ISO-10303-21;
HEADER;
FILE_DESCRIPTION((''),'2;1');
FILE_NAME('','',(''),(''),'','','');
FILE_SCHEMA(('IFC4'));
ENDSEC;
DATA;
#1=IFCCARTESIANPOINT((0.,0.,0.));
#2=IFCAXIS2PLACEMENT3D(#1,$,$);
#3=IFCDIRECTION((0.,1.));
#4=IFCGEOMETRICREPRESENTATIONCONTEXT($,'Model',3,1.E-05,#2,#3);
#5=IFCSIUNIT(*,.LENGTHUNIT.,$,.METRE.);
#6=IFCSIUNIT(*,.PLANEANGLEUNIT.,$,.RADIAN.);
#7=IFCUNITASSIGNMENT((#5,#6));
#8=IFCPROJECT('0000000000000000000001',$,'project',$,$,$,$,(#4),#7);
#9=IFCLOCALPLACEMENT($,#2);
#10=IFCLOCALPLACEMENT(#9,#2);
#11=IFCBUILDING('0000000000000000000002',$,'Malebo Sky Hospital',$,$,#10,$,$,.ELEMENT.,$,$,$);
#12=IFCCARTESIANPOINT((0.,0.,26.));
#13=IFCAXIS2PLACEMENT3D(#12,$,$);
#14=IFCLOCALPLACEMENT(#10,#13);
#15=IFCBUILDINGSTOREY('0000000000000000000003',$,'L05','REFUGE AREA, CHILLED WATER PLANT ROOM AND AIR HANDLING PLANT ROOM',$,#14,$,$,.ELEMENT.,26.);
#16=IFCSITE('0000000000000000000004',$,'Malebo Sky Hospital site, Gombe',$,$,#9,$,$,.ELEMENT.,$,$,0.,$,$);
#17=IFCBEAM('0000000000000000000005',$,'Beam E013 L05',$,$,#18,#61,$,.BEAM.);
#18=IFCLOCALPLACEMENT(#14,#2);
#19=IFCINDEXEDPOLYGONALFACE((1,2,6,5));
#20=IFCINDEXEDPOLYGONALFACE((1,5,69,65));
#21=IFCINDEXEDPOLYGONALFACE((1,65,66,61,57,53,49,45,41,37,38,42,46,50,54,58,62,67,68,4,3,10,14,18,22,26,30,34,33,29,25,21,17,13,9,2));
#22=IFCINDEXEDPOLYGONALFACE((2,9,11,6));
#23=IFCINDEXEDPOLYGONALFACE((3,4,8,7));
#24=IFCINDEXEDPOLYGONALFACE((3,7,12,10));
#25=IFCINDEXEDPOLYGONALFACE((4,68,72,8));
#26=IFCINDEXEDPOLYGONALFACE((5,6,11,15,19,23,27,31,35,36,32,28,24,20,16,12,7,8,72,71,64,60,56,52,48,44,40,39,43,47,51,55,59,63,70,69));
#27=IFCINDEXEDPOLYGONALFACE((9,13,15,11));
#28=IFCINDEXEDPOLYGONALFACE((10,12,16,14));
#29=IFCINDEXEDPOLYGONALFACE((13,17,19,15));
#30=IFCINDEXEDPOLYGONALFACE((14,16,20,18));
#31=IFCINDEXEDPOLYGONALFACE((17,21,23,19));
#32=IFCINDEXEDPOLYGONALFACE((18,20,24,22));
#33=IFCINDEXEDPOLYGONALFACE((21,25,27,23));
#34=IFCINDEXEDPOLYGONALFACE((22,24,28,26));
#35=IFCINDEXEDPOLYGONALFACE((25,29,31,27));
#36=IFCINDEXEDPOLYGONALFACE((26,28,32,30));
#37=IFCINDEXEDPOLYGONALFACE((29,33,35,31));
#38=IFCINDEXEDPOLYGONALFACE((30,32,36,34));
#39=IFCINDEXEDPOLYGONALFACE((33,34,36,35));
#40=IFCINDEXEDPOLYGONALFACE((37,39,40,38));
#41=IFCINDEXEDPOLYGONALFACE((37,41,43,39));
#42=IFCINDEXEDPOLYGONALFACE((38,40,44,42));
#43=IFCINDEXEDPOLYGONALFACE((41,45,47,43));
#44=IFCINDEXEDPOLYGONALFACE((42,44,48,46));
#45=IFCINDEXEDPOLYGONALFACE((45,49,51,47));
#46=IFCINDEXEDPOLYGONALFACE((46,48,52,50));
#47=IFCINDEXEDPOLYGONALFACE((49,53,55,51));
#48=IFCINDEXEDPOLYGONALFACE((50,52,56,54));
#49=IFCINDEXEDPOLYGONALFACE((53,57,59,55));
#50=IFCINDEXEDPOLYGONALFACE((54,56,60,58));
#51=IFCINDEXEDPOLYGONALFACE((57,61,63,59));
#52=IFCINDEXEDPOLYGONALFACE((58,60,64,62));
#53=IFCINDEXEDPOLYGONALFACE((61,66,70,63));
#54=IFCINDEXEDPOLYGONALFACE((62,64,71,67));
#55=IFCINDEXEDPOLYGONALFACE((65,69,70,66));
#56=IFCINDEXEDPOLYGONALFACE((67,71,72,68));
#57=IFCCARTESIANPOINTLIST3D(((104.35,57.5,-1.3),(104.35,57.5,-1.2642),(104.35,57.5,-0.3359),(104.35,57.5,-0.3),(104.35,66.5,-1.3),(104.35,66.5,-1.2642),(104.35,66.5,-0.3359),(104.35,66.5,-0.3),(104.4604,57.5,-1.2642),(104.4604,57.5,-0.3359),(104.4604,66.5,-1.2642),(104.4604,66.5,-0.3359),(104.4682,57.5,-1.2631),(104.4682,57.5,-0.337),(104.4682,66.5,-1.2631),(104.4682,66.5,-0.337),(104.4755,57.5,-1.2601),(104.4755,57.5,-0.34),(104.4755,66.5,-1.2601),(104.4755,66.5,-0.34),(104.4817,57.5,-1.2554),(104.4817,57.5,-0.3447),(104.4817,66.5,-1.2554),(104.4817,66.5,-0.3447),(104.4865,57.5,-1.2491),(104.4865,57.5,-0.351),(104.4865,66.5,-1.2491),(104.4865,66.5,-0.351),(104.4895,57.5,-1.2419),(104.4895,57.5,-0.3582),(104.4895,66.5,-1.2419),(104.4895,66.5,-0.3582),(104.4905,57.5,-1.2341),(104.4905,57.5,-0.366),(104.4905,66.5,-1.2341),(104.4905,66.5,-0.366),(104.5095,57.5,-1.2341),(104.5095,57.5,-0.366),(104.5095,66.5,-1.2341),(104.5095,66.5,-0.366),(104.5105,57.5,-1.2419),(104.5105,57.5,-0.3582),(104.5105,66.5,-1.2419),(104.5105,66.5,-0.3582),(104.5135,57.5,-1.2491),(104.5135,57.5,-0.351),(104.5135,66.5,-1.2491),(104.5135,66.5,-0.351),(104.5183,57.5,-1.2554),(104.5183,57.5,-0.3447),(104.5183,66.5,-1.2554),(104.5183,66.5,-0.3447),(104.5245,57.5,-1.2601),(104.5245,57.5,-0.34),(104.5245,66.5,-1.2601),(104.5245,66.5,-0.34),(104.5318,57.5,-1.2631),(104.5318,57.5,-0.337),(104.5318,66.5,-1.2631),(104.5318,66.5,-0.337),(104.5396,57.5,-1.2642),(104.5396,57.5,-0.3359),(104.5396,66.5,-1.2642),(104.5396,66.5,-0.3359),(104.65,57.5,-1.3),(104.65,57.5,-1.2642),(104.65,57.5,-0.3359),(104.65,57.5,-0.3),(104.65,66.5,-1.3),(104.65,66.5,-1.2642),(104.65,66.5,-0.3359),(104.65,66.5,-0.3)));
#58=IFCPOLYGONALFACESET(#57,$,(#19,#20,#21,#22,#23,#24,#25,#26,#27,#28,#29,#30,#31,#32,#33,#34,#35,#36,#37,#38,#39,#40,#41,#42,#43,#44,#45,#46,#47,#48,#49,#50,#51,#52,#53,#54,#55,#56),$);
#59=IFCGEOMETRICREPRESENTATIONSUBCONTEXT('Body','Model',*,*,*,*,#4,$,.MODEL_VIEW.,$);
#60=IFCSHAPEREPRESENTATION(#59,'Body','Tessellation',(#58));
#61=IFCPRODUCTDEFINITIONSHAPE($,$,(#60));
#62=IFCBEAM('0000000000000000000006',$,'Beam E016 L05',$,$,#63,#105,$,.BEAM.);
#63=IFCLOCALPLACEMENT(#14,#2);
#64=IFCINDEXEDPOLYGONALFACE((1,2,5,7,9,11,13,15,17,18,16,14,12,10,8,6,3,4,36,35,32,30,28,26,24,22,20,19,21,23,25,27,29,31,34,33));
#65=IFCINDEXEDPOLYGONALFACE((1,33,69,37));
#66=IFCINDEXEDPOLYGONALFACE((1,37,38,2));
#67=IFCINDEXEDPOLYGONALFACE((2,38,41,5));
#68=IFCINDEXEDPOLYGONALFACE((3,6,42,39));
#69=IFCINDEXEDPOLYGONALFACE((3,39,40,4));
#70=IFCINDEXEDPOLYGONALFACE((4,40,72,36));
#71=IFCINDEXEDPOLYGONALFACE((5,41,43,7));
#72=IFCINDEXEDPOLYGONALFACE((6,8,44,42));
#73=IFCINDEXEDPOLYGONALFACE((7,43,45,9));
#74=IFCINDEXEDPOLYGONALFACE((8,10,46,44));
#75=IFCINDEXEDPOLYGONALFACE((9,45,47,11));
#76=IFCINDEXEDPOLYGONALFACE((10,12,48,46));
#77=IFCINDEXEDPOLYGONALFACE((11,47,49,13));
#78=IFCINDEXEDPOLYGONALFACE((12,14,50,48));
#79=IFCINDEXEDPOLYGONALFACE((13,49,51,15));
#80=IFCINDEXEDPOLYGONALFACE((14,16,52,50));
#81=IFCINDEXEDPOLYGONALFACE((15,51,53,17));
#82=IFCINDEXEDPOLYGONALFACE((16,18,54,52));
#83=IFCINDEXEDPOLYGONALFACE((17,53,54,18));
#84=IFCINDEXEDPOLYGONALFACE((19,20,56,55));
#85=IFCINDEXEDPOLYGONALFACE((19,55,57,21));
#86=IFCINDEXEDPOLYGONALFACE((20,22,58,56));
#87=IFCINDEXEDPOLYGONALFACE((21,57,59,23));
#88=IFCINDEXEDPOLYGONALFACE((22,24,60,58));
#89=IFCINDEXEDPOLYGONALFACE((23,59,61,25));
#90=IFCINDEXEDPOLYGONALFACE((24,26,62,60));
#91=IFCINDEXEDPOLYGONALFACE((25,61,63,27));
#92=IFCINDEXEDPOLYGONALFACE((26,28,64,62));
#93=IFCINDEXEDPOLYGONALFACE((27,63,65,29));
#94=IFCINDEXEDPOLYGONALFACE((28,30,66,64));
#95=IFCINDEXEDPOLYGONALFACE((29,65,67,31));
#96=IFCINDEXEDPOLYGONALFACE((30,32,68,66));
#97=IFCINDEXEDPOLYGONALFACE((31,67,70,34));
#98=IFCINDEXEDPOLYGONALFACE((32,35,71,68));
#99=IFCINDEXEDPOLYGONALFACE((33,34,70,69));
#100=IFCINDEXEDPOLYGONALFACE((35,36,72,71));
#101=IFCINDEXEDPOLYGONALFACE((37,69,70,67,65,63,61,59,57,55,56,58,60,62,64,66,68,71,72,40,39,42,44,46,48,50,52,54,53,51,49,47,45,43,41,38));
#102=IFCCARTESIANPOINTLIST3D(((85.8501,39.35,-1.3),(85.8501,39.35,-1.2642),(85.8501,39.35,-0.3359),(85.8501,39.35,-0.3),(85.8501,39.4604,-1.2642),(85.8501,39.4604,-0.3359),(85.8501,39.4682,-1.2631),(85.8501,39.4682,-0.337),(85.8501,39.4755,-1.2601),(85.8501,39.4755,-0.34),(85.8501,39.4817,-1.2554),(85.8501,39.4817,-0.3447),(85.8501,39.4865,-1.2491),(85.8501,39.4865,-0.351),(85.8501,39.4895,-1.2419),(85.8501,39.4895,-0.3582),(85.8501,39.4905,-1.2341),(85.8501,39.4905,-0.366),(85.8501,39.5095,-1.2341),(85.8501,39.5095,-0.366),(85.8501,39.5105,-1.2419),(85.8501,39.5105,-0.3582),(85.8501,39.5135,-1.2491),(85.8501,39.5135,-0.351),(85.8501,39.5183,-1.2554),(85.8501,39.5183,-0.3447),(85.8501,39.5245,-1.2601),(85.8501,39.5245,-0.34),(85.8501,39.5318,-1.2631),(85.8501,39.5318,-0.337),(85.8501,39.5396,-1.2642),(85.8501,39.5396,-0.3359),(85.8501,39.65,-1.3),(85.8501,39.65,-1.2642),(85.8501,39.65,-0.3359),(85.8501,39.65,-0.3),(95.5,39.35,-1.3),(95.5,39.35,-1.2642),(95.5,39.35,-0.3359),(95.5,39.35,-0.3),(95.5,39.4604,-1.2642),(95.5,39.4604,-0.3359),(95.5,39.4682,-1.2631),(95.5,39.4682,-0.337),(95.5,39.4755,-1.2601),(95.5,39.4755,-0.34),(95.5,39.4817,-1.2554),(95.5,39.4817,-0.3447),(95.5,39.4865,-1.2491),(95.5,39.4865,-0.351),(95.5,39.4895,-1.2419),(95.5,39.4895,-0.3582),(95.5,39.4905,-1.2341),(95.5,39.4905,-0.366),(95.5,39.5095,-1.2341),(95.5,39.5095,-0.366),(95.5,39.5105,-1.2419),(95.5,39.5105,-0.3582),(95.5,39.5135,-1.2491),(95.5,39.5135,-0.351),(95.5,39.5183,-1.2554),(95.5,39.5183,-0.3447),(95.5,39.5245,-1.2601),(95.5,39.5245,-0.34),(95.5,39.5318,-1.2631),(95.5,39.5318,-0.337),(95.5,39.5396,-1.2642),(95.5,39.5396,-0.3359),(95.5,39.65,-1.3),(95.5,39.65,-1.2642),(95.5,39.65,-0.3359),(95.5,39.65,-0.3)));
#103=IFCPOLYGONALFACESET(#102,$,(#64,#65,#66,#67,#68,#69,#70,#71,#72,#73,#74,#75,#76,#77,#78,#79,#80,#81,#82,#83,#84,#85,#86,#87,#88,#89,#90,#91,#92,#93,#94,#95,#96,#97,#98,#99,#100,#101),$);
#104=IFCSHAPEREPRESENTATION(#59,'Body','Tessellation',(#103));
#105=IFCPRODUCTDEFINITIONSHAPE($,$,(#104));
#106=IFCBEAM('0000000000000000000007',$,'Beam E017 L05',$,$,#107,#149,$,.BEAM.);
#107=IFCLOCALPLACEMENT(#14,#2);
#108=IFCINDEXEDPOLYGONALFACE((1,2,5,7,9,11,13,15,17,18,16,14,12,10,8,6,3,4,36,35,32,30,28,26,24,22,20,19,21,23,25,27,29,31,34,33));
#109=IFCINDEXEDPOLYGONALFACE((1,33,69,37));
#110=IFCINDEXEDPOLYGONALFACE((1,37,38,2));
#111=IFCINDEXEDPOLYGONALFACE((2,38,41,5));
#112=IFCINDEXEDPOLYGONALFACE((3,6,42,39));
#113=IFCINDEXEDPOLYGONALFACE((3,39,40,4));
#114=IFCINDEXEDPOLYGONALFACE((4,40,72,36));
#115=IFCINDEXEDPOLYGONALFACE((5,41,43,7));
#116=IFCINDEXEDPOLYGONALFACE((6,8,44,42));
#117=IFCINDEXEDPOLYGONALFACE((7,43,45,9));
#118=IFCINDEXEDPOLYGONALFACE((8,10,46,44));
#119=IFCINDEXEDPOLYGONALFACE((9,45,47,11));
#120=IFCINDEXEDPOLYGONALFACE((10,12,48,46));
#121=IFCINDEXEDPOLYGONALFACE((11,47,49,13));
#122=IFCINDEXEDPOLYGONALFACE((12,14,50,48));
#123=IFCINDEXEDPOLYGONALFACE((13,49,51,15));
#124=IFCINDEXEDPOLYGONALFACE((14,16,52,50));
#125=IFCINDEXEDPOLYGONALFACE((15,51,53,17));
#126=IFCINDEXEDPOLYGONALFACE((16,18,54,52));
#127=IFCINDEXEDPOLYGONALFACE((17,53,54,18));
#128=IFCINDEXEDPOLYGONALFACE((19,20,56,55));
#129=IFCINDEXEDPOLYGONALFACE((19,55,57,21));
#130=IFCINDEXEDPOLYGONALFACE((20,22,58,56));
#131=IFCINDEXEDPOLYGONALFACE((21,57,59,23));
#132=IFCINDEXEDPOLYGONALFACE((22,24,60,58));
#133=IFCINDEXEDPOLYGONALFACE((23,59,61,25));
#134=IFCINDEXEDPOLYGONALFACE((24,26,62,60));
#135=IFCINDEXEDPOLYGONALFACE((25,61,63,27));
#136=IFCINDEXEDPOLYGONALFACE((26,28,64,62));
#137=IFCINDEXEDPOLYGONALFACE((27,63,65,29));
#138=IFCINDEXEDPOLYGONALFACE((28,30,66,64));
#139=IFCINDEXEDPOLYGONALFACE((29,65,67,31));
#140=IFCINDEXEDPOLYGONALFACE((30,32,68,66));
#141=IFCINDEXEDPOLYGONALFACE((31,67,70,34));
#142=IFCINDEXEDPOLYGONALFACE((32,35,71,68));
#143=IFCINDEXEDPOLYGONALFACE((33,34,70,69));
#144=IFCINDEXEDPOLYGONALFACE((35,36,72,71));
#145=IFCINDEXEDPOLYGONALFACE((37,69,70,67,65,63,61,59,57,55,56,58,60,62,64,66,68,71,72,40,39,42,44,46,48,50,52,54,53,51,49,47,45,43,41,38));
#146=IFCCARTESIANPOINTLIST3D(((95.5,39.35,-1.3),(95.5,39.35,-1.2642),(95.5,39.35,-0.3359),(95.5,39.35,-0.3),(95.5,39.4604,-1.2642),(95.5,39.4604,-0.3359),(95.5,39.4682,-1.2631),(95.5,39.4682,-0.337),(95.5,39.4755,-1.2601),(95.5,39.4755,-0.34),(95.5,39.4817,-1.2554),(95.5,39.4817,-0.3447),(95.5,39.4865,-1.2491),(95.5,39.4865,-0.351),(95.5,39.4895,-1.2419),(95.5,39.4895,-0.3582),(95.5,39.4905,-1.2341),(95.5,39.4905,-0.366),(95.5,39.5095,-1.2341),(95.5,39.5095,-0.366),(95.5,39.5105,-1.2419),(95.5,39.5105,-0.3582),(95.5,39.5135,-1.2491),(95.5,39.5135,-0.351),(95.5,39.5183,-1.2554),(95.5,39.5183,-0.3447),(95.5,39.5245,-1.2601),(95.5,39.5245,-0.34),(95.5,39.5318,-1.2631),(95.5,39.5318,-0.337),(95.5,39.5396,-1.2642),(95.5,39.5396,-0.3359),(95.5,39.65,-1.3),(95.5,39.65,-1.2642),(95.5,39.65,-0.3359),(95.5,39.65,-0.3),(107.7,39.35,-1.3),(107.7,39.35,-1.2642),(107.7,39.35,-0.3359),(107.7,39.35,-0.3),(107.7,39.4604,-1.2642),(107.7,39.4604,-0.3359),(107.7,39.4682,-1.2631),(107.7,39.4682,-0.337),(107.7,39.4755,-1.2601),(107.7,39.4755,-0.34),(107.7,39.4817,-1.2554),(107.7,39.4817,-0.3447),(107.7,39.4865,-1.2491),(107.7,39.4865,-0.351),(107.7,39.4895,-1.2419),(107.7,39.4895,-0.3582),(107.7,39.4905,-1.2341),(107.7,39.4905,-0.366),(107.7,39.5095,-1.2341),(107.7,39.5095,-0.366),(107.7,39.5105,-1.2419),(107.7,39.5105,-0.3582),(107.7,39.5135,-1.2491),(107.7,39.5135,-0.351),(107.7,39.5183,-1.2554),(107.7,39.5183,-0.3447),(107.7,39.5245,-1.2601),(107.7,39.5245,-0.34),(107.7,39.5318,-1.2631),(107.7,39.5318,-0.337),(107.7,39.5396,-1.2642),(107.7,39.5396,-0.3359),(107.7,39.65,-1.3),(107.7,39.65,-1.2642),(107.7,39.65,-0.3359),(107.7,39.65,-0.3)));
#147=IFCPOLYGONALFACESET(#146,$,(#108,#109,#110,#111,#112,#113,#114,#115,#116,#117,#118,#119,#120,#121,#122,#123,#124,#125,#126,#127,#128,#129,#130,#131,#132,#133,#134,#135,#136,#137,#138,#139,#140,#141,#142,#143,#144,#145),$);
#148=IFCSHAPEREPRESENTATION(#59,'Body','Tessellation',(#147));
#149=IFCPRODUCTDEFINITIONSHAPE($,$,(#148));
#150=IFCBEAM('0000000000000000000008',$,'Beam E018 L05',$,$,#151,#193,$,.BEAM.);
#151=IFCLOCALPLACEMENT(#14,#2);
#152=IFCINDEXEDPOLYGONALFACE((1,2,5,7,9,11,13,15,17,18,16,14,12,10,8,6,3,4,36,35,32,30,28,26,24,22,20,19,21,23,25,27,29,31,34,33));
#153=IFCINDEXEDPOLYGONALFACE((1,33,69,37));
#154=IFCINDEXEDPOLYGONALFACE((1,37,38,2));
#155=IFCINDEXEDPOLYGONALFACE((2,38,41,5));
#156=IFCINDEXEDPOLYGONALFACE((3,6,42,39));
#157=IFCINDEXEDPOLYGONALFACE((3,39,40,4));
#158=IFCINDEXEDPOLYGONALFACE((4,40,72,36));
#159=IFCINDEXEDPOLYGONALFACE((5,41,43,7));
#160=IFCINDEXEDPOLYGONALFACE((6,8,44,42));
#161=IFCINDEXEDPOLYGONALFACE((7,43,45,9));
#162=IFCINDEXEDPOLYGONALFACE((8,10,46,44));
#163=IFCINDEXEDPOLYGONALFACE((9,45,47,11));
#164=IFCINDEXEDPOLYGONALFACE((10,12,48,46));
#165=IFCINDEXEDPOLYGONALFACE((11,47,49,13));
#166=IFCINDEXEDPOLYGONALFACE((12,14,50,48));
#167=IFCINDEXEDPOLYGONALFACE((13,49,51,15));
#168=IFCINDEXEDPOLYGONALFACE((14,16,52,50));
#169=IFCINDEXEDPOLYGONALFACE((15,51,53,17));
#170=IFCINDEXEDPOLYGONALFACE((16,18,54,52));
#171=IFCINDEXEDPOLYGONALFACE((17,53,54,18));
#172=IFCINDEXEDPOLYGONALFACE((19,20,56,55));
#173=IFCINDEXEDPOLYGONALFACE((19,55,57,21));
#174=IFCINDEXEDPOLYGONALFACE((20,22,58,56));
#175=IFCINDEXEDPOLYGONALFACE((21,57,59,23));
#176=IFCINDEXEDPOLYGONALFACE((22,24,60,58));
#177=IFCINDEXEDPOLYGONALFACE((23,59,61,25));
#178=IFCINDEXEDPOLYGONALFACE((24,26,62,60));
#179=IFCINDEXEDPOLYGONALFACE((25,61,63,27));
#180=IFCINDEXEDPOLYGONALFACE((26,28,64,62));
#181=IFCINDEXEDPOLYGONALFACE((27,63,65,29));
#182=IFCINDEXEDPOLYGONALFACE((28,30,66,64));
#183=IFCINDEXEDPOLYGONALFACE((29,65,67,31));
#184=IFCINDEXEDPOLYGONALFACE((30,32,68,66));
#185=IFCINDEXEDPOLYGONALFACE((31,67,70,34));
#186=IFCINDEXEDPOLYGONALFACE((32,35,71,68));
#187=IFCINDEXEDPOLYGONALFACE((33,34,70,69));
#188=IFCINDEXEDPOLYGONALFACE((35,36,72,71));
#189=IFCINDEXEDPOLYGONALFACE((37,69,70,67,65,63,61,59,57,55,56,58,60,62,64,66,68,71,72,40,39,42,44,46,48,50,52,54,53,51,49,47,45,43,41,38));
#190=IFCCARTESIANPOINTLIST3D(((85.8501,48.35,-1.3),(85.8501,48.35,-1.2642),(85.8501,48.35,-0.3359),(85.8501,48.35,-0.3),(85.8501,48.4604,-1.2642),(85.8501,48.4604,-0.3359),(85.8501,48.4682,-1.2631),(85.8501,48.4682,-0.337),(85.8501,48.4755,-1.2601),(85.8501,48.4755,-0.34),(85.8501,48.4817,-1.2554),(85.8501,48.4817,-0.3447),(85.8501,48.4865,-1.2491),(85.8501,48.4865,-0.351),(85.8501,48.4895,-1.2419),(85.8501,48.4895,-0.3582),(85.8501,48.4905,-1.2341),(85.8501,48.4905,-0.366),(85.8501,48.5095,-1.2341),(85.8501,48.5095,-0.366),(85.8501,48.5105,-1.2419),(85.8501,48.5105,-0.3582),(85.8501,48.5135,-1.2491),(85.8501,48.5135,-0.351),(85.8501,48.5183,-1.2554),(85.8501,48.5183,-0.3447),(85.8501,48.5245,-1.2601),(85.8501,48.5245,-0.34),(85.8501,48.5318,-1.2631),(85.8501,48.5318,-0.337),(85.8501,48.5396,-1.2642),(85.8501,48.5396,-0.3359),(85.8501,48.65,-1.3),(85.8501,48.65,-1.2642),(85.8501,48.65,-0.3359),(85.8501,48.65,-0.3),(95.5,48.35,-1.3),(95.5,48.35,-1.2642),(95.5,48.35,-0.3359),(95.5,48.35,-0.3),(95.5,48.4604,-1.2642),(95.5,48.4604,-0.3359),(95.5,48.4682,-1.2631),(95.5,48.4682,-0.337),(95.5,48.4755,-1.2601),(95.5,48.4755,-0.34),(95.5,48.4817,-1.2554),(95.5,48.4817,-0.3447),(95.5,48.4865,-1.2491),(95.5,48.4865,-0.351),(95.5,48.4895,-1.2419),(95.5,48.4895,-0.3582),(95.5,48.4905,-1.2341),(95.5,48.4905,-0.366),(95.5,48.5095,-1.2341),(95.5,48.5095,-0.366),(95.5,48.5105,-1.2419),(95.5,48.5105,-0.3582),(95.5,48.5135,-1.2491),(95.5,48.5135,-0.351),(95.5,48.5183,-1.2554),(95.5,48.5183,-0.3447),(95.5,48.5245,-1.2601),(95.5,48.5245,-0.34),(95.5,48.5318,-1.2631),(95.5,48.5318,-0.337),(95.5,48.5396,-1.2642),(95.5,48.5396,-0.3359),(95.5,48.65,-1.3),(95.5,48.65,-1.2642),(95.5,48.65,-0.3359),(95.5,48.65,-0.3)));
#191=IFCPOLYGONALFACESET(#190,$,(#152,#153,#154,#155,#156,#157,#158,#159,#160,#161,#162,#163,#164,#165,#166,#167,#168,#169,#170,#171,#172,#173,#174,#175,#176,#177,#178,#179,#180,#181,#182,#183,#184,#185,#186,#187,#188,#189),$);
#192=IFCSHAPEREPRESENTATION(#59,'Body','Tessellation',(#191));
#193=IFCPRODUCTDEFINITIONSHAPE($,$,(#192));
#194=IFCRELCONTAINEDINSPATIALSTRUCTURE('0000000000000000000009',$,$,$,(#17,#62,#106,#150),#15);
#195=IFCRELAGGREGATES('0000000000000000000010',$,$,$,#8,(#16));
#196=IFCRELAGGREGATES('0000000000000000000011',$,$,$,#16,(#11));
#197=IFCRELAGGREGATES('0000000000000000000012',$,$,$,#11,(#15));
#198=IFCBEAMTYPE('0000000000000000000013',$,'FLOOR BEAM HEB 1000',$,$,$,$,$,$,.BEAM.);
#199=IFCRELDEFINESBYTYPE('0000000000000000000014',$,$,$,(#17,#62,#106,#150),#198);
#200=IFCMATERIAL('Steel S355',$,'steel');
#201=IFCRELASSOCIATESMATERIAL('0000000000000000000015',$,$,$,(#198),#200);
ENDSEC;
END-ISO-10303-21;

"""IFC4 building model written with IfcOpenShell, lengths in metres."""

from ifc_helpers import new_model, si_unit, direction, frame, origin, origin_2d, place, context, subcontext, project, spatial, i_section, extrude, material, material_profile, profile_set, type_object, element, save


model = new_model("IFC4")

# Units and contexts
model_context = context("Model", 3, precision=1e-05, world=origin(), true_north=direction((0.0, 1.0)))
body_context = subcontext(model_context, "Body", "Model", "MODEL_VIEW")
ifc_project = project(units=[si_unit("LENGTHUNIT", "METRE"), si_unit("PLANEANGLEUNIT", "RADIAN")], contexts=[model_context])

# Site, building, storey
site_placement = place(None, origin())
site = spatial("IfcSite", under=ifc_project, at=site_placement, Name="Malebo Sky Hospital site, Gombe", CompositionType="ELEMENT", RefElevation=0.0)
building_placement = place(site_placement, origin())
building = spatial("IfcBuilding", under=site, at=building_placement, Name="Malebo Sky Hospital", CompositionType="ELEMENT")
storey_placement = place(building_placement, frame((0.0, 0.0, 26.0)))
storey = spatial("IfcBuildingStorey", under=building, at=storey_placement, Name="L05", Description="REFUGE AREA, CHILLED WATER PLANT ROOM AND AIR HANDLING PLANT ROOM", CompositionType="ELEMENT", Elevation=26.0)

# Beams
ifc_material_1 = material(Name="Steel S355", Category="steel")
ifc_material_profile_1 = material_profile(ifc_material_1, i_section(OverallWidth=0.3, OverallDepth=1.0, WebThickness=0.019, FlangeThickness=0.0359, FilletRadius=0.03, at=origin_2d()), Name="HEB 1000")
ifc_profile_set_1 = profile_set([ifc_material_profile_1], Name="Steel S355")
beam_type_1 = type_object("IfcBeamType", Name="FLOOR BEAM HEB 1000", PredefinedType="BEAM", material=ifc_profile_set_1)
for number, where, z_axis, x_axis, name in (
    (1, (104.5, 57.5, -0.8), (0.0, 1.0, 0.0), (-1.0, 0.0, 0.0), "Beam E013 L05"),
):
    element("IfcBeam", number, at=place(storey_placement, frame(where, z_axis=z_axis, x_axis=x_axis)), inside=storey, type_object=beam_type_1, Name=name, PredefinedType="BEAM", context=body_context, shape_type="SweptSolid", body=[
        extrude(i_section(OverallWidth=0.3, OverallDepth=1.0, WebThickness=0.019, FlangeThickness=0.0359, FilletRadius=0.03, at=origin_2d()), origin(), (0.0, 0.0, 1.0), 9.0),
    ])
beam_1_placement = place(storey_placement, frame((85.8501, 39.5, -0.8), z_axis=(1.0, 0.0, 0.0), x_axis=(0.0, 1.0, 0.0)))
element("IfcBeam", 2, at=beam_1_placement, inside=storey, type_object=beam_type_1, Name="Beam E016 L05", PredefinedType="BEAM", context=body_context, shape_type="SweptSolid", body=[
    extrude(i_section(OverallWidth=0.3, OverallDepth=1.0, WebThickness=0.019, FlangeThickness=0.0359, FilletRadius=0.03, at=origin_2d()), origin(), (0.0, 0.0, 1.0), 9.6499),
])
beam_2_placement = place(storey_placement, frame((95.5, 39.5, -0.8), z_axis=(1.0, 0.0, 0.0), x_axis=(0.0, 1.0, 0.0)))
element("IfcBeam", 3, at=beam_2_placement, inside=storey, type_object=beam_type_1, Name="Beam E017 L05", PredefinedType="BEAM", context=body_context, shape_type="SweptSolid", body=[
    extrude(i_section(OverallWidth=0.3, OverallDepth=1.0, WebThickness=0.019, FlangeThickness=0.0359, FilletRadius=0.03, at=origin_2d()), origin(), (0.0, 0.0, 1.0), 12.2),
])
beam_3_placement = place(storey_placement, frame((85.8501, 48.5, -0.8), z_axis=(1.0, 0.0, 0.0), x_axis=(0.0, 1.0, 0.0)))
element("IfcBeam", 4, at=beam_3_placement, inside=storey, type_object=beam_type_1, Name="Beam E018 L05", PredefinedType="BEAM", context=body_context, shape_type="SweptSolid", body=[
    extrude(i_section(OverallWidth=0.3, OverallDepth=1.0, WebThickness=0.019, FlangeThickness=0.0359, FilletRadius=0.03, at=origin_2d()), origin(), (0.0, 0.0, 1.0), 9.6499),
])

save(model, "model.ifc")
